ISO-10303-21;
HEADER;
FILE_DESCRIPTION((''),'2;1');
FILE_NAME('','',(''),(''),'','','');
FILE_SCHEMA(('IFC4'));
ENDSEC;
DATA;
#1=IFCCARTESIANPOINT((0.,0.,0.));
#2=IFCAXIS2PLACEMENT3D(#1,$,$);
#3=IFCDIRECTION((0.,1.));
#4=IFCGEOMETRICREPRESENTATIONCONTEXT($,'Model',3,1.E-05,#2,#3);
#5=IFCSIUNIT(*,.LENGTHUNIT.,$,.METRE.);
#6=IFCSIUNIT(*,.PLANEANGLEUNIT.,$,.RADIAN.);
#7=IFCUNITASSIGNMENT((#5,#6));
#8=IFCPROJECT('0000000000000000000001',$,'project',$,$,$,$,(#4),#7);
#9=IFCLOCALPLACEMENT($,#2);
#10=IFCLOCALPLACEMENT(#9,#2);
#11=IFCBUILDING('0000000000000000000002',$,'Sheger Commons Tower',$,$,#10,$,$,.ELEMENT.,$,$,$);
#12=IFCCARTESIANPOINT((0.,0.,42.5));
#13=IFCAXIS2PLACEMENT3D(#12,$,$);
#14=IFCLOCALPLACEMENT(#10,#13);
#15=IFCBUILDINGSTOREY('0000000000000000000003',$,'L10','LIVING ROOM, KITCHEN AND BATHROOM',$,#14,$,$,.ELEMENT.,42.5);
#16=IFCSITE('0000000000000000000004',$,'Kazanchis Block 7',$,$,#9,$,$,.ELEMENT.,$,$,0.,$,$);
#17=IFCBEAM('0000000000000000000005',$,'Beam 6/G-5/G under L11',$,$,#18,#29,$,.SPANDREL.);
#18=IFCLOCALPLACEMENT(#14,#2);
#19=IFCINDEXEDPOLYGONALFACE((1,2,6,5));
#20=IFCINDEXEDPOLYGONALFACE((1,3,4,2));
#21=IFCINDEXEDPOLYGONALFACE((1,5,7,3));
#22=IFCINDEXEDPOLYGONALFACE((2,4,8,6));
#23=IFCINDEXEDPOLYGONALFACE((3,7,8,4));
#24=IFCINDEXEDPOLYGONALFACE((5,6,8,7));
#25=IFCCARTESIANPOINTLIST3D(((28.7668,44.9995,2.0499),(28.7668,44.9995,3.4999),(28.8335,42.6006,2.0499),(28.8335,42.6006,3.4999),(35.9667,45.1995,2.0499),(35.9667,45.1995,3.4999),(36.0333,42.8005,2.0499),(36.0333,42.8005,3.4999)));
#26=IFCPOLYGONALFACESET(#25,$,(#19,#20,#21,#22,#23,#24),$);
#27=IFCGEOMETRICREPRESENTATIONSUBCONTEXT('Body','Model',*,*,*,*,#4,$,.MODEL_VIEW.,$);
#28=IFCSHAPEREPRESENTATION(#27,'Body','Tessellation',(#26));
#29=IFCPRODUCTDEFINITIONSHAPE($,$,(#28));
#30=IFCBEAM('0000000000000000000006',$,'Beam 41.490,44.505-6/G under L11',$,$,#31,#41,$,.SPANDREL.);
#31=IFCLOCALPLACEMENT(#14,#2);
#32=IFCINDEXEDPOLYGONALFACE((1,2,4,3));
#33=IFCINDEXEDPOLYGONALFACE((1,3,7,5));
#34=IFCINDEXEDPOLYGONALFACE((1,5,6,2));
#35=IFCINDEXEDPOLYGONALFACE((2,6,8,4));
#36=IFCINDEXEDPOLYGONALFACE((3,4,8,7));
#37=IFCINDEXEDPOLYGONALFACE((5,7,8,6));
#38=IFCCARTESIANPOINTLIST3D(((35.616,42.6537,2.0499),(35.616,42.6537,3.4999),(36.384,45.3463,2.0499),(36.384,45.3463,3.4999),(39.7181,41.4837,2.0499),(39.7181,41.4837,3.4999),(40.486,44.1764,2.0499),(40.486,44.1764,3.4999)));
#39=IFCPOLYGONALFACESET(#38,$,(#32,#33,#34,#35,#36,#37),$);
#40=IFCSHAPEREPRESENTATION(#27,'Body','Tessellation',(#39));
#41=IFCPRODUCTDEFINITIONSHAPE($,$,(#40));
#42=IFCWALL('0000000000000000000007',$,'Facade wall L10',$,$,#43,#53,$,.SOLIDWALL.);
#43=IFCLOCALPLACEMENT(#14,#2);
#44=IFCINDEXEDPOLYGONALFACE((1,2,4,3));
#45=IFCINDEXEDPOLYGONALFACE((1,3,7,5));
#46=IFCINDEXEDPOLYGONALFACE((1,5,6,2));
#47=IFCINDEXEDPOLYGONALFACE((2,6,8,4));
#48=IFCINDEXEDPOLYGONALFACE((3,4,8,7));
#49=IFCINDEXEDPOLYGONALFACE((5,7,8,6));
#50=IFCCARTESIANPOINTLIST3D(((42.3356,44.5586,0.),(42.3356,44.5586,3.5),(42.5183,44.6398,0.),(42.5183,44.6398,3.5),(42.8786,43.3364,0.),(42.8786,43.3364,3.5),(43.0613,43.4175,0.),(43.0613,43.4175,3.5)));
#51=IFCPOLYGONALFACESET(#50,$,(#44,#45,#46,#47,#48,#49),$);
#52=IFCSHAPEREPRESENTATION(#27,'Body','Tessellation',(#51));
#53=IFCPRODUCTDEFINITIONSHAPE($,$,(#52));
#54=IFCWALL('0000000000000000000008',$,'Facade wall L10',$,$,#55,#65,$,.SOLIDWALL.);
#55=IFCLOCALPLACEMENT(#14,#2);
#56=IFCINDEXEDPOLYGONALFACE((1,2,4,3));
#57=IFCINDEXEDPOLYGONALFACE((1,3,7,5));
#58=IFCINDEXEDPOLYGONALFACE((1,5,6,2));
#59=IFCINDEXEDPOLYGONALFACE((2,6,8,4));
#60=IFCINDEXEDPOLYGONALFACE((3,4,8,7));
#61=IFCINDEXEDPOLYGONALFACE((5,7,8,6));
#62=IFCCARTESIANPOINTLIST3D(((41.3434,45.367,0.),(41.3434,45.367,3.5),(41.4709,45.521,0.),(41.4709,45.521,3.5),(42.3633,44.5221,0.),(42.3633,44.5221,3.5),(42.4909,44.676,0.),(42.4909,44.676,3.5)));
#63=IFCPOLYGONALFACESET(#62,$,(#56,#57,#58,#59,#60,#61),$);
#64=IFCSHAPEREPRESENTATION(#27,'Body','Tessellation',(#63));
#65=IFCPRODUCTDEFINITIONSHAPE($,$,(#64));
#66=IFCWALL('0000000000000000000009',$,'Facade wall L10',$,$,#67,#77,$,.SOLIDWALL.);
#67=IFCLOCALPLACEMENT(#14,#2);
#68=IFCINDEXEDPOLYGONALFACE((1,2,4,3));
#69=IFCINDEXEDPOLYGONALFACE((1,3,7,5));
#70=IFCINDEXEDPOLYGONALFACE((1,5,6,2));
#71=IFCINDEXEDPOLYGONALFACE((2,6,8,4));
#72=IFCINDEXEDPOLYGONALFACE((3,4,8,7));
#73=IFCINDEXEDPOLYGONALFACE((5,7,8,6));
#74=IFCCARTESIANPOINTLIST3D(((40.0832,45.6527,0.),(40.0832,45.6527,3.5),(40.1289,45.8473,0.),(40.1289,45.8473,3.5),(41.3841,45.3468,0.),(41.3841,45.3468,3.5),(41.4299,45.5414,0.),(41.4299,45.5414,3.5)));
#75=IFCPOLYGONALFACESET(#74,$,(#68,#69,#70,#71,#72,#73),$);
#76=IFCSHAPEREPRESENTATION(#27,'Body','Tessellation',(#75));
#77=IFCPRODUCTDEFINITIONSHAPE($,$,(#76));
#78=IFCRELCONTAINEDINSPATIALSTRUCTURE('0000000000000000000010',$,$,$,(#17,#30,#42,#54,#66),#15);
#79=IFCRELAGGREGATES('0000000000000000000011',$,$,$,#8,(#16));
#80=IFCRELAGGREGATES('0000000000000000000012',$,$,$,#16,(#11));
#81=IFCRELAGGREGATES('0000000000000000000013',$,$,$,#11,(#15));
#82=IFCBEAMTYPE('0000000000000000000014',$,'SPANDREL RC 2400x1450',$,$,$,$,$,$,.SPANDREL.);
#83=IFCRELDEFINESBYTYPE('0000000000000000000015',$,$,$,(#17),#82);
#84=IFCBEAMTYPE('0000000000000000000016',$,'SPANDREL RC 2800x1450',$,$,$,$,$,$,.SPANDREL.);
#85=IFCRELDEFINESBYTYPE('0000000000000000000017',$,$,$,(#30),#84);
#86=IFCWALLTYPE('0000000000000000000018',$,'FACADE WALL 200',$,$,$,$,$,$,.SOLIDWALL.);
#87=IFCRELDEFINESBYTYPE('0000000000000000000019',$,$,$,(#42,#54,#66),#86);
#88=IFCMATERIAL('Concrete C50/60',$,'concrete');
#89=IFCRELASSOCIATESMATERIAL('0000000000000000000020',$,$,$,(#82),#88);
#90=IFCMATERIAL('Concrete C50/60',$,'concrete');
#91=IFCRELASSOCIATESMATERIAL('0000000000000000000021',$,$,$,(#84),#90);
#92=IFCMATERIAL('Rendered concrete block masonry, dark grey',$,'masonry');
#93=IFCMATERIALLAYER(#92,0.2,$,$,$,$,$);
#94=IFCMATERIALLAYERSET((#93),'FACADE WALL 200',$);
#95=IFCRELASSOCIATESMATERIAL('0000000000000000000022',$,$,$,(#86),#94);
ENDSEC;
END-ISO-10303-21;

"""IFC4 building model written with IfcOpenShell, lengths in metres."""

from ifc_helpers import new_model, si_unit, direction, frame, frame_2d, origin, origin_2d, place, context, subcontext, project, spatial, rectangle, extrude, material, layer, layer_set, material_profile, profile_set, type_object, element, save


model = new_model("IFC4")

# Units and contexts
model_context = context("Model", 3, precision=1e-05, world=origin(), true_north=direction((0.0, 1.0)))
body_context = subcontext(model_context, "Body", "Model", "MODEL_VIEW")
ifc_project = project(units=[si_unit("LENGTHUNIT", "METRE"), si_unit("PLANEANGLEUNIT", "RADIAN")], contexts=[model_context])

# Site, building, storey
site_placement = place(None, origin())
site = spatial("IfcSite", under=ifc_project, at=site_placement, Name="Kazanchis Block 7", CompositionType="ELEMENT", RefElevation=0.0)
building_placement = place(site_placement, origin())
building = spatial("IfcBuilding", under=site, at=building_placement, Name="Sheger Commons Tower", CompositionType="ELEMENT")
storey_placement = place(building_placement, frame((0.0, 0.0, 42.5)))
storey = spatial("IfcBuildingStorey", under=building, at=storey_placement, Name="L10", Description="LIVING ROOM, KITCHEN AND BATHROOM", CompositionType="ELEMENT", Elevation=42.5)

# Beams
ifc_material_1 = material(Name="Concrete C50/60", Category="concrete")
ifc_material_profile_1 = material_profile(ifc_material_1, rectangle(XDim=2.3999, YDim=1.45, at=origin_2d()), Name="RC 2400x1450")
ifc_profile_set_1 = profile_set([ifc_material_profile_1], Name="Concrete C50/60")
beam_type_1 = type_object("IfcBeamType", Name="SPANDREL RC 2400x1450", PredefinedType="SPANDREL", material=ifc_profile_set_1)
beam_1_placement = place(storey_placement, frame((36.0, 44.0, 2.7749), z_axis=(-0.999615, -0.02776, 0.0), x_axis=(0.02776, -0.999615, 0.0)))
element("IfcBeam", 1, at=beam_1_placement, inside=storey, type_object=beam_type_1, Name="Beam 6/G-5/G under L11", PredefinedType="SPANDREL", context=body_context, shape_type="SweptSolid", body=[
    extrude(rectangle(XDim=2.3999, YDim=1.45, at=origin_2d()), origin(), (0.0, 0.0, 1.0), 7.2026),
])
ifc_material_2 = material(Name="Concrete C50/60", Category="concrete")
ifc_material_profile_2 = material_profile(ifc_material_2, rectangle(XDim=2.8, YDim=1.45, at=origin_2d()), Name="RC 2800x1450")
ifc_profile_set_2 = profile_set([ifc_material_profile_2], Name="Concrete C50/60")
beam_type_2 = type_object("IfcBeamType", Name="SPANDREL RC 2800x1450", PredefinedType="SPANDREL", material=ifc_profile_set_2)
beam_2_placement = place(storey_placement, frame((40.1021, 42.8301, 2.7749), z_axis=(-0.961653, 0.274268, 0.0), x_axis=(-0.274268, -0.961653, 0.0)))
element("IfcBeam", 2, at=beam_2_placement, inside=storey, type_object=beam_type_2, Name="Beam 41.490,44.505-6/G under L11", PredefinedType="SPANDREL", context=body_context, shape_type="SweptSolid", body=[
    extrude(rectangle(XDim=2.8, YDim=1.45, at=origin_2d()), origin(), (0.0, 0.0, 1.0), 4.2656),
])

# Walls
ifc_material_3 = material(Name="Rendered concrete block masonry, dark grey", Category="masonry")
ifc_layer_1 = layer(ifc_material_3, 0.2)
ifc_layer_set_1 = layer_set([ifc_layer_1], Name="FACADE WALL 200")
wall_type_1 = type_object("IfcWallType", Name="FACADE WALL 200", PredefinedType="SOLIDWALL", material=ifc_layer_set_1)
wall_1_placement = place(storey_placement, frame((42.97, 43.377, 0.0), z_axis=(0.0, 0.0, 1.0), x_axis=(-0.406003, 0.913872, 0.0)))
element("IfcWall", 3, at=wall_1_placement, inside=storey, type_object=wall_type_1, Name="Facade wall L10", PredefinedType="SOLIDWALL", context=body_context, shape_type="SweptSolid", body=[
    extrude(rectangle(XDim=1.3374, YDim=0.2, at=frame_2d((0.6687, 0.0))), origin(), (0.0, 0.0, 1.0), 3.5),
])
wall_2_placement = place(storey_placement, frame((42.427, 44.5991, 0.0), z_axis=(0.0, 0.0, 1.0), x_axis=(-0.770091, 0.637934, 0.0)))
element("IfcWall", 4, at=wall_2_placement, inside=storey, type_object=wall_type_1, Name="Facade wall L10", PredefinedType="SOLIDWALL", context=body_context, shape_type="SweptSolid", body=[
    extrude(rectangle(XDim=1.3245, YDim=0.2, at=frame_2d((0.6621, 0.0))), origin(), (0.0, 0.0, 1.0), 3.5),
])
wall_3_placement = place(storey_placement, frame((41.407, 45.4441, 0.0), z_axis=(0.0, 0.0, 1.0), x_axis=(-0.973453, 0.228887, 0.0)))
element("IfcWall", 5, at=wall_3_placement, inside=storey, type_object=wall_type_1, Name="Facade wall L10", PredefinedType="SOLIDWALL", context=body_context, shape_type="SweptSolid", body=[
    extrude(rectangle(XDim=1.3364, YDim=0.2, at=frame_2d((0.6682, 0.0))), origin(), (0.0, 0.0, 1.0), 3.5),
])

save(model, "model.ifc")
